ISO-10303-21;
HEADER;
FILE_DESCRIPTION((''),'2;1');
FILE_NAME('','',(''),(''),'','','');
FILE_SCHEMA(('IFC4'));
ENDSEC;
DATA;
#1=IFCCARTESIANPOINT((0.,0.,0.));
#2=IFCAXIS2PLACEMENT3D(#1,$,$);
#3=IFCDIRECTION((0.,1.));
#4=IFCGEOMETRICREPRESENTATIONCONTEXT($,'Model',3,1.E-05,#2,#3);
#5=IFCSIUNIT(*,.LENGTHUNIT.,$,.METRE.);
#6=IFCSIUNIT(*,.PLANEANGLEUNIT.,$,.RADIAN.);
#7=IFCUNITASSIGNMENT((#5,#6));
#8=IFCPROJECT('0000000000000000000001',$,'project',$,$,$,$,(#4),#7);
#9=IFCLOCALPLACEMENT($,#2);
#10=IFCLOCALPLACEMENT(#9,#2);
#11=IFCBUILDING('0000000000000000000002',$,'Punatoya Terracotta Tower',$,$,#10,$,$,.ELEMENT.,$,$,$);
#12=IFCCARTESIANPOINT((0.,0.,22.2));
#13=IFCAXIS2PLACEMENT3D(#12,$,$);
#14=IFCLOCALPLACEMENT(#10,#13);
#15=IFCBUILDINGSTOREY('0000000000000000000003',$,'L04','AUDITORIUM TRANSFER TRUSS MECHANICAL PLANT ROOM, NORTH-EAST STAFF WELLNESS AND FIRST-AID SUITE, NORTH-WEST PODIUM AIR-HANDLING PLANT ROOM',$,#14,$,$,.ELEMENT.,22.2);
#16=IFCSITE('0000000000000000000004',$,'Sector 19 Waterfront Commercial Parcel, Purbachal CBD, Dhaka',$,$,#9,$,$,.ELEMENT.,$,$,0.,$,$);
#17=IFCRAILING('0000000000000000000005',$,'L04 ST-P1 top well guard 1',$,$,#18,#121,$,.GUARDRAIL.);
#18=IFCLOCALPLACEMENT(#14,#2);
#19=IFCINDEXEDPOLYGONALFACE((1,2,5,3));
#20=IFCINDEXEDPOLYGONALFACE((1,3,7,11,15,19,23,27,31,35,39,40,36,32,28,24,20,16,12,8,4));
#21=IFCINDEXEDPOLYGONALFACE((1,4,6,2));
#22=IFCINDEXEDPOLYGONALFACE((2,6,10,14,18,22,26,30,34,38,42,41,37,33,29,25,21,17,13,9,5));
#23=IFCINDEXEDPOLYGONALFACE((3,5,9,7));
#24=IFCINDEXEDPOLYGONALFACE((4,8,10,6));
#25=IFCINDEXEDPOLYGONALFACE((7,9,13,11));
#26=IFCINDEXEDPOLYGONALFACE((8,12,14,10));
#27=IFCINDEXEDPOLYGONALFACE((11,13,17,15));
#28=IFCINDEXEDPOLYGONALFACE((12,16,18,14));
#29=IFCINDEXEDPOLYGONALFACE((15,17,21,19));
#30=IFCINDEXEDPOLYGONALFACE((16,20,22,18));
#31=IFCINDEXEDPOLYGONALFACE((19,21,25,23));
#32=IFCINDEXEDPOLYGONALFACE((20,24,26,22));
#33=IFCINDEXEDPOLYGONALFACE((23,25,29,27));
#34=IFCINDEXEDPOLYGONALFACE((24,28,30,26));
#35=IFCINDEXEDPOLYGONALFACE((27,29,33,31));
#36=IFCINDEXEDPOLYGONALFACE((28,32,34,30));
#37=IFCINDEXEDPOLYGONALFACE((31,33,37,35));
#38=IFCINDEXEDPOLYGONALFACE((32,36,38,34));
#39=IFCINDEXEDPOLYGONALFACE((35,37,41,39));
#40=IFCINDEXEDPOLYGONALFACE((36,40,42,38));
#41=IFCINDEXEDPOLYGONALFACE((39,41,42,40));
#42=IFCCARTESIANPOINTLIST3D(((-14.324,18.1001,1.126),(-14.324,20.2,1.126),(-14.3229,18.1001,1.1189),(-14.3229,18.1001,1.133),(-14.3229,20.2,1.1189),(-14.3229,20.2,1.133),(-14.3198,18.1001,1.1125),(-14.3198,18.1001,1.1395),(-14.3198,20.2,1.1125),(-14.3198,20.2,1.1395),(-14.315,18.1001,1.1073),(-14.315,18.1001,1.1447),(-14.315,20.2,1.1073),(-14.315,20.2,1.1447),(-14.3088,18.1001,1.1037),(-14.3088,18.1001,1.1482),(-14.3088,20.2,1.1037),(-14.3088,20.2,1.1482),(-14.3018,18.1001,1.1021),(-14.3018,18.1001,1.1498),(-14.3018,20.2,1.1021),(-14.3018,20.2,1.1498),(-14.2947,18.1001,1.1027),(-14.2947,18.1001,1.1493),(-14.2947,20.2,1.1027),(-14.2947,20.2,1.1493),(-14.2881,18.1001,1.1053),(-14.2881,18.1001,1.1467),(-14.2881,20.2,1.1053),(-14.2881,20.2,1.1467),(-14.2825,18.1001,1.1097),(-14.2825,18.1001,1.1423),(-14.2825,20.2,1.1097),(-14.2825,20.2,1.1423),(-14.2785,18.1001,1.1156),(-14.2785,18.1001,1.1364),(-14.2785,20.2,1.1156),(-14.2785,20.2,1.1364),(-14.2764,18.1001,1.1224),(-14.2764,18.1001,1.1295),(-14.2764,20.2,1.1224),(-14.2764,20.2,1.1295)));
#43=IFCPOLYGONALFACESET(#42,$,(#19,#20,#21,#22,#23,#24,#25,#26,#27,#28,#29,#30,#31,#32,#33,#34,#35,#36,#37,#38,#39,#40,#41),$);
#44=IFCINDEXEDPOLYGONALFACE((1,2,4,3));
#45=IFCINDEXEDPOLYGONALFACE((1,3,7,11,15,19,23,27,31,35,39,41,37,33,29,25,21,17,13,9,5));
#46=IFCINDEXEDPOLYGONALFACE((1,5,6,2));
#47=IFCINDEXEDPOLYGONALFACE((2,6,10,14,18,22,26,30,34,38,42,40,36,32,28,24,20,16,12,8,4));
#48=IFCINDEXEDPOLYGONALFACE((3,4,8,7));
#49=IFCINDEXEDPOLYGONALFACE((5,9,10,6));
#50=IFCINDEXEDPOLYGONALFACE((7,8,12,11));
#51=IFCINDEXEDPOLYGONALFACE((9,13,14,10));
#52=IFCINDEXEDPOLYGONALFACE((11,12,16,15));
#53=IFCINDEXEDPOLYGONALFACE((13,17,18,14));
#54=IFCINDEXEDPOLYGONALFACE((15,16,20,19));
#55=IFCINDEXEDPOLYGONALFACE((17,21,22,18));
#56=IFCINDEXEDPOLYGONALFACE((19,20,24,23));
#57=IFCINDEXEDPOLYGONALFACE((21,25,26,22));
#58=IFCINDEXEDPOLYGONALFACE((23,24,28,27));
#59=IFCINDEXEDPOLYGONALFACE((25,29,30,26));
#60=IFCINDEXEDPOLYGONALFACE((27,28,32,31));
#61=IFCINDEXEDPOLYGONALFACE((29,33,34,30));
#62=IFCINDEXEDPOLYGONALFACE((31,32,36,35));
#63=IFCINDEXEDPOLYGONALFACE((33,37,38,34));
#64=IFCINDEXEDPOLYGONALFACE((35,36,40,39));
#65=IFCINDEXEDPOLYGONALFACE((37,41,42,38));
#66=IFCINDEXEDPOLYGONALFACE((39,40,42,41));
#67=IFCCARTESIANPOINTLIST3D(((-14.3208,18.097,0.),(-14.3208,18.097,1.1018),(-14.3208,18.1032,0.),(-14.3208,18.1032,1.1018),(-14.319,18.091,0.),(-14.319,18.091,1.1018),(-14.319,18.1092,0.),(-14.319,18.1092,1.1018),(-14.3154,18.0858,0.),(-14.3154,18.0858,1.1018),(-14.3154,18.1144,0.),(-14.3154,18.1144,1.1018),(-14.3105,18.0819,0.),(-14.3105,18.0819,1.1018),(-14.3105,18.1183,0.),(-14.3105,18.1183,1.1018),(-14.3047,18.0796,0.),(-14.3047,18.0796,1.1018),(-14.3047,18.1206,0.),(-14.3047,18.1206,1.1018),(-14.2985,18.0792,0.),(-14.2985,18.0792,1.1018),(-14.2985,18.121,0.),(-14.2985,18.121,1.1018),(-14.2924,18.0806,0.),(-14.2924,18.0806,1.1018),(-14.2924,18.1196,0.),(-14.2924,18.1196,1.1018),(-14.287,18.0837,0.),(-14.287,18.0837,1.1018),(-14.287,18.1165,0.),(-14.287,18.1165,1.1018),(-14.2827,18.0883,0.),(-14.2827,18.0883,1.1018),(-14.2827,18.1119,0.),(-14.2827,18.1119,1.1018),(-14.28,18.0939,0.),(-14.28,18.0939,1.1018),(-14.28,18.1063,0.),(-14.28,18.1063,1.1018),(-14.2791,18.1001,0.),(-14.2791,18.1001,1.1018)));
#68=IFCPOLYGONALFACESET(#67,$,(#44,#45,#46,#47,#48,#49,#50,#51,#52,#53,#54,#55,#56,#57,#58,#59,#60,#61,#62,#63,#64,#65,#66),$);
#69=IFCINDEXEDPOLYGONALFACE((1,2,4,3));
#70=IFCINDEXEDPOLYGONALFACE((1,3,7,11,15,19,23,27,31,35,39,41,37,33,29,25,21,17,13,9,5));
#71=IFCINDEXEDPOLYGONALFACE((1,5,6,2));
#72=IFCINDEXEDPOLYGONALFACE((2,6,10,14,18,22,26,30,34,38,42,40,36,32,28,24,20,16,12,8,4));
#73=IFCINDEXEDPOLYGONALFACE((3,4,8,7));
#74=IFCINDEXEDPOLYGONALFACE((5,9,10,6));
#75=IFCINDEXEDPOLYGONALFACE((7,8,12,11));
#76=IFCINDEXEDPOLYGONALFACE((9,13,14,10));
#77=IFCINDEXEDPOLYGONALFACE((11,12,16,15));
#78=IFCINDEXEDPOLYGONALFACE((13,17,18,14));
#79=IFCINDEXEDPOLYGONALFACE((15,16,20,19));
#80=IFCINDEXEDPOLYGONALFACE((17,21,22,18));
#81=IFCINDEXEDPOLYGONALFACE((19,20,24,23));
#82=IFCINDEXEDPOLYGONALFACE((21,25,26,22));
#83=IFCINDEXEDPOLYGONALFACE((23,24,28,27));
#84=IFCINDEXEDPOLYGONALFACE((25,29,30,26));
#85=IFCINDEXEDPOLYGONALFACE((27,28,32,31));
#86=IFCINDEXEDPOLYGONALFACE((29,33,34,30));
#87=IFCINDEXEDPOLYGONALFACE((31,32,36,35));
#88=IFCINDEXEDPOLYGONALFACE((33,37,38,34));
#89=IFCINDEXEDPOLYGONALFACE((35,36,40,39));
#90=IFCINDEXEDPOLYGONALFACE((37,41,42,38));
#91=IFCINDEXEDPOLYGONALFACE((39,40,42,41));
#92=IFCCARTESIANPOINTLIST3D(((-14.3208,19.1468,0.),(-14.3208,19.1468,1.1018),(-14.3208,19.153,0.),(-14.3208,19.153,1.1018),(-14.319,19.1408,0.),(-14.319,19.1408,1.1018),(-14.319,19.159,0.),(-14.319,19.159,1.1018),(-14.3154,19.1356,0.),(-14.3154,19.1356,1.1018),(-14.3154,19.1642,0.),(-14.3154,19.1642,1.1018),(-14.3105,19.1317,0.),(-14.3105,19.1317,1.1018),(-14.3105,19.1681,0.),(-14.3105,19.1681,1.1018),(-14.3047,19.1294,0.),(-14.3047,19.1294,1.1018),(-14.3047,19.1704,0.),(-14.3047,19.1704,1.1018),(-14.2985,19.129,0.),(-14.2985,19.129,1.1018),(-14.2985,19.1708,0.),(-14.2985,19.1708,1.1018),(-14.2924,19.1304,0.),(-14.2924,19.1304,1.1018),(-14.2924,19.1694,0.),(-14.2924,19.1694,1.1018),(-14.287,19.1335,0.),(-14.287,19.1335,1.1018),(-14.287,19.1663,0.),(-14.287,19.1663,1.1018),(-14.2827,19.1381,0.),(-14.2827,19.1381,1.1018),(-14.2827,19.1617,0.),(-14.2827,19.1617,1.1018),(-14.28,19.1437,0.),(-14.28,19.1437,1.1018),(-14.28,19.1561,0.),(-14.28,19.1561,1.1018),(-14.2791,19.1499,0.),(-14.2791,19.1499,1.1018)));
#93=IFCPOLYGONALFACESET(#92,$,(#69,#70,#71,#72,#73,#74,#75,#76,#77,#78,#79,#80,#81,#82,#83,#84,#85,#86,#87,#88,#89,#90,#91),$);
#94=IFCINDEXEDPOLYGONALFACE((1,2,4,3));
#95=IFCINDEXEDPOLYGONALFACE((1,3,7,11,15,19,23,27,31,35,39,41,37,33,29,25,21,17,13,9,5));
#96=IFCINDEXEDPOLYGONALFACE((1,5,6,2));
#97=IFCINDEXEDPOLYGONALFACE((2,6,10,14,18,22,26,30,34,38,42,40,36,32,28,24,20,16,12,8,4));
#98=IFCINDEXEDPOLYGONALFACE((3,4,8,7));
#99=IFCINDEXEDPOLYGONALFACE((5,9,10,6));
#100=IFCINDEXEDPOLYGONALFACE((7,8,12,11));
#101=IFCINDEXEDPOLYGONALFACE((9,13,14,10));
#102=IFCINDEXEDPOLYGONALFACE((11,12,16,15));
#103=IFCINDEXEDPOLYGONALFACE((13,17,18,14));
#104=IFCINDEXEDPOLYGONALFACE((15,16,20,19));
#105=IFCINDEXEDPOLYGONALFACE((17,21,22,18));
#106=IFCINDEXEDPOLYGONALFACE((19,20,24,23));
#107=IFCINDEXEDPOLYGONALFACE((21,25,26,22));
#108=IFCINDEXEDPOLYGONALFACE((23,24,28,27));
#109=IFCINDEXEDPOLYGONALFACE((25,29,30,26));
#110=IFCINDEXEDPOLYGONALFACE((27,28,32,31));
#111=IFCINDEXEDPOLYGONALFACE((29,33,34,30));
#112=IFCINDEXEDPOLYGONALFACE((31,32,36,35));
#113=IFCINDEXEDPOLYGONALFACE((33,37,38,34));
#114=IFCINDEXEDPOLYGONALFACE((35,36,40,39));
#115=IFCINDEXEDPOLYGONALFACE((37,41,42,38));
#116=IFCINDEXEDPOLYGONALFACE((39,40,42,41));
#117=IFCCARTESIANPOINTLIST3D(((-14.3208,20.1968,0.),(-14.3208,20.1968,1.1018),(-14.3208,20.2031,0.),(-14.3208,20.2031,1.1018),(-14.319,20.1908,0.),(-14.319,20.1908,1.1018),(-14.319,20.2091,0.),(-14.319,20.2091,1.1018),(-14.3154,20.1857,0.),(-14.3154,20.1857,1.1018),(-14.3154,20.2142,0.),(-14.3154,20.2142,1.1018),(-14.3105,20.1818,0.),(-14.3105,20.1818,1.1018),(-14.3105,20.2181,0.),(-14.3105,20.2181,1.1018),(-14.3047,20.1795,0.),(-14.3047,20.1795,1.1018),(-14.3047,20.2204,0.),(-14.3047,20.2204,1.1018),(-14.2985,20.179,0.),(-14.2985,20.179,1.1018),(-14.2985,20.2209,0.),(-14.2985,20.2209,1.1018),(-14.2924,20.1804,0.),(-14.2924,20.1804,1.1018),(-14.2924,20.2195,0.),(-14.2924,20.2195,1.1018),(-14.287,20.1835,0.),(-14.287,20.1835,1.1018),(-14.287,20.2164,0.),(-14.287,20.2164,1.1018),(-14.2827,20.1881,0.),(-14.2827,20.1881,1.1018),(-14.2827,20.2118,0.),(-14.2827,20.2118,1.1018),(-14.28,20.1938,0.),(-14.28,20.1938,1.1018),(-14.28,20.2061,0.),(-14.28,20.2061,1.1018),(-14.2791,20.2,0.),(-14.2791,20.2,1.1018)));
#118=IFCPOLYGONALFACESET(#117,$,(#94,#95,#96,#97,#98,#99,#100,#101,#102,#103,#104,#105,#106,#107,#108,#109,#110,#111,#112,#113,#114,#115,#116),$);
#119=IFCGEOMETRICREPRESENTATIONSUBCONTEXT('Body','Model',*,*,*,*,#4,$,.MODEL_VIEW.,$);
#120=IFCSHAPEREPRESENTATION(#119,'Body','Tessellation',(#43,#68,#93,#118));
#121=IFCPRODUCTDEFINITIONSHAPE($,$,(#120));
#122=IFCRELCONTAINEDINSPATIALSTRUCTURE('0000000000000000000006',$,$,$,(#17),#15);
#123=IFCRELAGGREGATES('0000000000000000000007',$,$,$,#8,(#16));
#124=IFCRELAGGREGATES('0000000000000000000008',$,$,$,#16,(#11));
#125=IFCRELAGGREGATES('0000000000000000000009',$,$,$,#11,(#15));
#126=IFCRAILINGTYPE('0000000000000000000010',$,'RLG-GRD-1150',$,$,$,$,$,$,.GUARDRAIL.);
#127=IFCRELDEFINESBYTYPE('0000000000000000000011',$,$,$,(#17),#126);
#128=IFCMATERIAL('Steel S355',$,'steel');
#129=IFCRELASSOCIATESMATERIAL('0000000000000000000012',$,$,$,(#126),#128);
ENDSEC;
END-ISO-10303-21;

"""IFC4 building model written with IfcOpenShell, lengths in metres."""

from ifc_helpers import new_model, si_unit, direction, frame, origin, origin_2d, place, context, subcontext, project, spatial, circle, extrude, material, type_object, element, save


model = new_model("IFC4")

# Units and contexts
model_context = context("Model", 3, precision=1e-05, world=origin(), true_north=direction((0.0, 1.0)))
body_context = subcontext(model_context, "Body", "Model", "MODEL_VIEW")
ifc_project = project(units=[si_unit("LENGTHUNIT", "METRE"), si_unit("PLANEANGLEUNIT", "RADIAN")], contexts=[model_context])

# Site, building, storey
site_placement = place(None, origin())
site = spatial("IfcSite", under=ifc_project, at=site_placement, Name="Sector 19 Waterfront Commercial Parcel, Purbachal CBD, Dhaka", CompositionType="ELEMENT", RefElevation=0.0)
building_placement = place(site_placement, origin())
building = spatial("IfcBuilding", under=site, at=building_placement, Name="Punatoya Terracotta Tower", CompositionType="ELEMENT")
storey_placement = place(building_placement, frame((0.0, 0.0, 22.2)))
storey = spatial("IfcBuildingStorey", under=building, at=storey_placement, Name="L04", Description="AUDITORIUM TRANSFER TRUSS MECHANICAL PLANT ROOM, NORTH-EAST STAFF WELLNESS AND FIRST-AID SUITE, NORTH-WEST PODIUM AIR-HANDLING PLANT ROOM", CompositionType="ELEMENT", Elevation=22.2)

# Shared definitions
ifc_material_1 = material(Name="Steel S355", Category="steel")

# Railing
railing_type = type_object("IfcRailingType", Name="RLG-GRD-1150", PredefinedType="GUARDRAIL", material=ifc_material_1)
railing_placement = place(storey_placement, frame((-14.3, 18.1001, 0.0)))
element("IfcRailing", 1, at=railing_placement, inside=storey, type_object=railing_type, Name="L04 ST-P1 top well guard 1", PredefinedType="GUARDRAIL", context=body_context, shape_type="SweptSolid", body=[
    extrude(circle(Radius=0.0239, at=origin_2d()), frame((0.0, 0.0, 1.126), z_axis=(0.0, 1.0, 0.0), x_axis=(-1.0, 0.0, 0.0)), (0.0, 0.0, 1.0), 2.0999),
    extrude(circle(Radius=0.021, at=origin_2d()), origin(), (0.0, 0.0, 1.0), 1.1018),
    extrude(circle(Radius=0.021, at=origin_2d()), frame((0.0, 1.0498, 0.0)), (0.0, 0.0, 1.0), 1.1018),
    extrude(circle(Radius=0.021, at=origin_2d()), frame((0.0, 2.0999, 0.0)), (0.0, 0.0, 1.0), 1.1018),
])

save(model, "model.ifc")
